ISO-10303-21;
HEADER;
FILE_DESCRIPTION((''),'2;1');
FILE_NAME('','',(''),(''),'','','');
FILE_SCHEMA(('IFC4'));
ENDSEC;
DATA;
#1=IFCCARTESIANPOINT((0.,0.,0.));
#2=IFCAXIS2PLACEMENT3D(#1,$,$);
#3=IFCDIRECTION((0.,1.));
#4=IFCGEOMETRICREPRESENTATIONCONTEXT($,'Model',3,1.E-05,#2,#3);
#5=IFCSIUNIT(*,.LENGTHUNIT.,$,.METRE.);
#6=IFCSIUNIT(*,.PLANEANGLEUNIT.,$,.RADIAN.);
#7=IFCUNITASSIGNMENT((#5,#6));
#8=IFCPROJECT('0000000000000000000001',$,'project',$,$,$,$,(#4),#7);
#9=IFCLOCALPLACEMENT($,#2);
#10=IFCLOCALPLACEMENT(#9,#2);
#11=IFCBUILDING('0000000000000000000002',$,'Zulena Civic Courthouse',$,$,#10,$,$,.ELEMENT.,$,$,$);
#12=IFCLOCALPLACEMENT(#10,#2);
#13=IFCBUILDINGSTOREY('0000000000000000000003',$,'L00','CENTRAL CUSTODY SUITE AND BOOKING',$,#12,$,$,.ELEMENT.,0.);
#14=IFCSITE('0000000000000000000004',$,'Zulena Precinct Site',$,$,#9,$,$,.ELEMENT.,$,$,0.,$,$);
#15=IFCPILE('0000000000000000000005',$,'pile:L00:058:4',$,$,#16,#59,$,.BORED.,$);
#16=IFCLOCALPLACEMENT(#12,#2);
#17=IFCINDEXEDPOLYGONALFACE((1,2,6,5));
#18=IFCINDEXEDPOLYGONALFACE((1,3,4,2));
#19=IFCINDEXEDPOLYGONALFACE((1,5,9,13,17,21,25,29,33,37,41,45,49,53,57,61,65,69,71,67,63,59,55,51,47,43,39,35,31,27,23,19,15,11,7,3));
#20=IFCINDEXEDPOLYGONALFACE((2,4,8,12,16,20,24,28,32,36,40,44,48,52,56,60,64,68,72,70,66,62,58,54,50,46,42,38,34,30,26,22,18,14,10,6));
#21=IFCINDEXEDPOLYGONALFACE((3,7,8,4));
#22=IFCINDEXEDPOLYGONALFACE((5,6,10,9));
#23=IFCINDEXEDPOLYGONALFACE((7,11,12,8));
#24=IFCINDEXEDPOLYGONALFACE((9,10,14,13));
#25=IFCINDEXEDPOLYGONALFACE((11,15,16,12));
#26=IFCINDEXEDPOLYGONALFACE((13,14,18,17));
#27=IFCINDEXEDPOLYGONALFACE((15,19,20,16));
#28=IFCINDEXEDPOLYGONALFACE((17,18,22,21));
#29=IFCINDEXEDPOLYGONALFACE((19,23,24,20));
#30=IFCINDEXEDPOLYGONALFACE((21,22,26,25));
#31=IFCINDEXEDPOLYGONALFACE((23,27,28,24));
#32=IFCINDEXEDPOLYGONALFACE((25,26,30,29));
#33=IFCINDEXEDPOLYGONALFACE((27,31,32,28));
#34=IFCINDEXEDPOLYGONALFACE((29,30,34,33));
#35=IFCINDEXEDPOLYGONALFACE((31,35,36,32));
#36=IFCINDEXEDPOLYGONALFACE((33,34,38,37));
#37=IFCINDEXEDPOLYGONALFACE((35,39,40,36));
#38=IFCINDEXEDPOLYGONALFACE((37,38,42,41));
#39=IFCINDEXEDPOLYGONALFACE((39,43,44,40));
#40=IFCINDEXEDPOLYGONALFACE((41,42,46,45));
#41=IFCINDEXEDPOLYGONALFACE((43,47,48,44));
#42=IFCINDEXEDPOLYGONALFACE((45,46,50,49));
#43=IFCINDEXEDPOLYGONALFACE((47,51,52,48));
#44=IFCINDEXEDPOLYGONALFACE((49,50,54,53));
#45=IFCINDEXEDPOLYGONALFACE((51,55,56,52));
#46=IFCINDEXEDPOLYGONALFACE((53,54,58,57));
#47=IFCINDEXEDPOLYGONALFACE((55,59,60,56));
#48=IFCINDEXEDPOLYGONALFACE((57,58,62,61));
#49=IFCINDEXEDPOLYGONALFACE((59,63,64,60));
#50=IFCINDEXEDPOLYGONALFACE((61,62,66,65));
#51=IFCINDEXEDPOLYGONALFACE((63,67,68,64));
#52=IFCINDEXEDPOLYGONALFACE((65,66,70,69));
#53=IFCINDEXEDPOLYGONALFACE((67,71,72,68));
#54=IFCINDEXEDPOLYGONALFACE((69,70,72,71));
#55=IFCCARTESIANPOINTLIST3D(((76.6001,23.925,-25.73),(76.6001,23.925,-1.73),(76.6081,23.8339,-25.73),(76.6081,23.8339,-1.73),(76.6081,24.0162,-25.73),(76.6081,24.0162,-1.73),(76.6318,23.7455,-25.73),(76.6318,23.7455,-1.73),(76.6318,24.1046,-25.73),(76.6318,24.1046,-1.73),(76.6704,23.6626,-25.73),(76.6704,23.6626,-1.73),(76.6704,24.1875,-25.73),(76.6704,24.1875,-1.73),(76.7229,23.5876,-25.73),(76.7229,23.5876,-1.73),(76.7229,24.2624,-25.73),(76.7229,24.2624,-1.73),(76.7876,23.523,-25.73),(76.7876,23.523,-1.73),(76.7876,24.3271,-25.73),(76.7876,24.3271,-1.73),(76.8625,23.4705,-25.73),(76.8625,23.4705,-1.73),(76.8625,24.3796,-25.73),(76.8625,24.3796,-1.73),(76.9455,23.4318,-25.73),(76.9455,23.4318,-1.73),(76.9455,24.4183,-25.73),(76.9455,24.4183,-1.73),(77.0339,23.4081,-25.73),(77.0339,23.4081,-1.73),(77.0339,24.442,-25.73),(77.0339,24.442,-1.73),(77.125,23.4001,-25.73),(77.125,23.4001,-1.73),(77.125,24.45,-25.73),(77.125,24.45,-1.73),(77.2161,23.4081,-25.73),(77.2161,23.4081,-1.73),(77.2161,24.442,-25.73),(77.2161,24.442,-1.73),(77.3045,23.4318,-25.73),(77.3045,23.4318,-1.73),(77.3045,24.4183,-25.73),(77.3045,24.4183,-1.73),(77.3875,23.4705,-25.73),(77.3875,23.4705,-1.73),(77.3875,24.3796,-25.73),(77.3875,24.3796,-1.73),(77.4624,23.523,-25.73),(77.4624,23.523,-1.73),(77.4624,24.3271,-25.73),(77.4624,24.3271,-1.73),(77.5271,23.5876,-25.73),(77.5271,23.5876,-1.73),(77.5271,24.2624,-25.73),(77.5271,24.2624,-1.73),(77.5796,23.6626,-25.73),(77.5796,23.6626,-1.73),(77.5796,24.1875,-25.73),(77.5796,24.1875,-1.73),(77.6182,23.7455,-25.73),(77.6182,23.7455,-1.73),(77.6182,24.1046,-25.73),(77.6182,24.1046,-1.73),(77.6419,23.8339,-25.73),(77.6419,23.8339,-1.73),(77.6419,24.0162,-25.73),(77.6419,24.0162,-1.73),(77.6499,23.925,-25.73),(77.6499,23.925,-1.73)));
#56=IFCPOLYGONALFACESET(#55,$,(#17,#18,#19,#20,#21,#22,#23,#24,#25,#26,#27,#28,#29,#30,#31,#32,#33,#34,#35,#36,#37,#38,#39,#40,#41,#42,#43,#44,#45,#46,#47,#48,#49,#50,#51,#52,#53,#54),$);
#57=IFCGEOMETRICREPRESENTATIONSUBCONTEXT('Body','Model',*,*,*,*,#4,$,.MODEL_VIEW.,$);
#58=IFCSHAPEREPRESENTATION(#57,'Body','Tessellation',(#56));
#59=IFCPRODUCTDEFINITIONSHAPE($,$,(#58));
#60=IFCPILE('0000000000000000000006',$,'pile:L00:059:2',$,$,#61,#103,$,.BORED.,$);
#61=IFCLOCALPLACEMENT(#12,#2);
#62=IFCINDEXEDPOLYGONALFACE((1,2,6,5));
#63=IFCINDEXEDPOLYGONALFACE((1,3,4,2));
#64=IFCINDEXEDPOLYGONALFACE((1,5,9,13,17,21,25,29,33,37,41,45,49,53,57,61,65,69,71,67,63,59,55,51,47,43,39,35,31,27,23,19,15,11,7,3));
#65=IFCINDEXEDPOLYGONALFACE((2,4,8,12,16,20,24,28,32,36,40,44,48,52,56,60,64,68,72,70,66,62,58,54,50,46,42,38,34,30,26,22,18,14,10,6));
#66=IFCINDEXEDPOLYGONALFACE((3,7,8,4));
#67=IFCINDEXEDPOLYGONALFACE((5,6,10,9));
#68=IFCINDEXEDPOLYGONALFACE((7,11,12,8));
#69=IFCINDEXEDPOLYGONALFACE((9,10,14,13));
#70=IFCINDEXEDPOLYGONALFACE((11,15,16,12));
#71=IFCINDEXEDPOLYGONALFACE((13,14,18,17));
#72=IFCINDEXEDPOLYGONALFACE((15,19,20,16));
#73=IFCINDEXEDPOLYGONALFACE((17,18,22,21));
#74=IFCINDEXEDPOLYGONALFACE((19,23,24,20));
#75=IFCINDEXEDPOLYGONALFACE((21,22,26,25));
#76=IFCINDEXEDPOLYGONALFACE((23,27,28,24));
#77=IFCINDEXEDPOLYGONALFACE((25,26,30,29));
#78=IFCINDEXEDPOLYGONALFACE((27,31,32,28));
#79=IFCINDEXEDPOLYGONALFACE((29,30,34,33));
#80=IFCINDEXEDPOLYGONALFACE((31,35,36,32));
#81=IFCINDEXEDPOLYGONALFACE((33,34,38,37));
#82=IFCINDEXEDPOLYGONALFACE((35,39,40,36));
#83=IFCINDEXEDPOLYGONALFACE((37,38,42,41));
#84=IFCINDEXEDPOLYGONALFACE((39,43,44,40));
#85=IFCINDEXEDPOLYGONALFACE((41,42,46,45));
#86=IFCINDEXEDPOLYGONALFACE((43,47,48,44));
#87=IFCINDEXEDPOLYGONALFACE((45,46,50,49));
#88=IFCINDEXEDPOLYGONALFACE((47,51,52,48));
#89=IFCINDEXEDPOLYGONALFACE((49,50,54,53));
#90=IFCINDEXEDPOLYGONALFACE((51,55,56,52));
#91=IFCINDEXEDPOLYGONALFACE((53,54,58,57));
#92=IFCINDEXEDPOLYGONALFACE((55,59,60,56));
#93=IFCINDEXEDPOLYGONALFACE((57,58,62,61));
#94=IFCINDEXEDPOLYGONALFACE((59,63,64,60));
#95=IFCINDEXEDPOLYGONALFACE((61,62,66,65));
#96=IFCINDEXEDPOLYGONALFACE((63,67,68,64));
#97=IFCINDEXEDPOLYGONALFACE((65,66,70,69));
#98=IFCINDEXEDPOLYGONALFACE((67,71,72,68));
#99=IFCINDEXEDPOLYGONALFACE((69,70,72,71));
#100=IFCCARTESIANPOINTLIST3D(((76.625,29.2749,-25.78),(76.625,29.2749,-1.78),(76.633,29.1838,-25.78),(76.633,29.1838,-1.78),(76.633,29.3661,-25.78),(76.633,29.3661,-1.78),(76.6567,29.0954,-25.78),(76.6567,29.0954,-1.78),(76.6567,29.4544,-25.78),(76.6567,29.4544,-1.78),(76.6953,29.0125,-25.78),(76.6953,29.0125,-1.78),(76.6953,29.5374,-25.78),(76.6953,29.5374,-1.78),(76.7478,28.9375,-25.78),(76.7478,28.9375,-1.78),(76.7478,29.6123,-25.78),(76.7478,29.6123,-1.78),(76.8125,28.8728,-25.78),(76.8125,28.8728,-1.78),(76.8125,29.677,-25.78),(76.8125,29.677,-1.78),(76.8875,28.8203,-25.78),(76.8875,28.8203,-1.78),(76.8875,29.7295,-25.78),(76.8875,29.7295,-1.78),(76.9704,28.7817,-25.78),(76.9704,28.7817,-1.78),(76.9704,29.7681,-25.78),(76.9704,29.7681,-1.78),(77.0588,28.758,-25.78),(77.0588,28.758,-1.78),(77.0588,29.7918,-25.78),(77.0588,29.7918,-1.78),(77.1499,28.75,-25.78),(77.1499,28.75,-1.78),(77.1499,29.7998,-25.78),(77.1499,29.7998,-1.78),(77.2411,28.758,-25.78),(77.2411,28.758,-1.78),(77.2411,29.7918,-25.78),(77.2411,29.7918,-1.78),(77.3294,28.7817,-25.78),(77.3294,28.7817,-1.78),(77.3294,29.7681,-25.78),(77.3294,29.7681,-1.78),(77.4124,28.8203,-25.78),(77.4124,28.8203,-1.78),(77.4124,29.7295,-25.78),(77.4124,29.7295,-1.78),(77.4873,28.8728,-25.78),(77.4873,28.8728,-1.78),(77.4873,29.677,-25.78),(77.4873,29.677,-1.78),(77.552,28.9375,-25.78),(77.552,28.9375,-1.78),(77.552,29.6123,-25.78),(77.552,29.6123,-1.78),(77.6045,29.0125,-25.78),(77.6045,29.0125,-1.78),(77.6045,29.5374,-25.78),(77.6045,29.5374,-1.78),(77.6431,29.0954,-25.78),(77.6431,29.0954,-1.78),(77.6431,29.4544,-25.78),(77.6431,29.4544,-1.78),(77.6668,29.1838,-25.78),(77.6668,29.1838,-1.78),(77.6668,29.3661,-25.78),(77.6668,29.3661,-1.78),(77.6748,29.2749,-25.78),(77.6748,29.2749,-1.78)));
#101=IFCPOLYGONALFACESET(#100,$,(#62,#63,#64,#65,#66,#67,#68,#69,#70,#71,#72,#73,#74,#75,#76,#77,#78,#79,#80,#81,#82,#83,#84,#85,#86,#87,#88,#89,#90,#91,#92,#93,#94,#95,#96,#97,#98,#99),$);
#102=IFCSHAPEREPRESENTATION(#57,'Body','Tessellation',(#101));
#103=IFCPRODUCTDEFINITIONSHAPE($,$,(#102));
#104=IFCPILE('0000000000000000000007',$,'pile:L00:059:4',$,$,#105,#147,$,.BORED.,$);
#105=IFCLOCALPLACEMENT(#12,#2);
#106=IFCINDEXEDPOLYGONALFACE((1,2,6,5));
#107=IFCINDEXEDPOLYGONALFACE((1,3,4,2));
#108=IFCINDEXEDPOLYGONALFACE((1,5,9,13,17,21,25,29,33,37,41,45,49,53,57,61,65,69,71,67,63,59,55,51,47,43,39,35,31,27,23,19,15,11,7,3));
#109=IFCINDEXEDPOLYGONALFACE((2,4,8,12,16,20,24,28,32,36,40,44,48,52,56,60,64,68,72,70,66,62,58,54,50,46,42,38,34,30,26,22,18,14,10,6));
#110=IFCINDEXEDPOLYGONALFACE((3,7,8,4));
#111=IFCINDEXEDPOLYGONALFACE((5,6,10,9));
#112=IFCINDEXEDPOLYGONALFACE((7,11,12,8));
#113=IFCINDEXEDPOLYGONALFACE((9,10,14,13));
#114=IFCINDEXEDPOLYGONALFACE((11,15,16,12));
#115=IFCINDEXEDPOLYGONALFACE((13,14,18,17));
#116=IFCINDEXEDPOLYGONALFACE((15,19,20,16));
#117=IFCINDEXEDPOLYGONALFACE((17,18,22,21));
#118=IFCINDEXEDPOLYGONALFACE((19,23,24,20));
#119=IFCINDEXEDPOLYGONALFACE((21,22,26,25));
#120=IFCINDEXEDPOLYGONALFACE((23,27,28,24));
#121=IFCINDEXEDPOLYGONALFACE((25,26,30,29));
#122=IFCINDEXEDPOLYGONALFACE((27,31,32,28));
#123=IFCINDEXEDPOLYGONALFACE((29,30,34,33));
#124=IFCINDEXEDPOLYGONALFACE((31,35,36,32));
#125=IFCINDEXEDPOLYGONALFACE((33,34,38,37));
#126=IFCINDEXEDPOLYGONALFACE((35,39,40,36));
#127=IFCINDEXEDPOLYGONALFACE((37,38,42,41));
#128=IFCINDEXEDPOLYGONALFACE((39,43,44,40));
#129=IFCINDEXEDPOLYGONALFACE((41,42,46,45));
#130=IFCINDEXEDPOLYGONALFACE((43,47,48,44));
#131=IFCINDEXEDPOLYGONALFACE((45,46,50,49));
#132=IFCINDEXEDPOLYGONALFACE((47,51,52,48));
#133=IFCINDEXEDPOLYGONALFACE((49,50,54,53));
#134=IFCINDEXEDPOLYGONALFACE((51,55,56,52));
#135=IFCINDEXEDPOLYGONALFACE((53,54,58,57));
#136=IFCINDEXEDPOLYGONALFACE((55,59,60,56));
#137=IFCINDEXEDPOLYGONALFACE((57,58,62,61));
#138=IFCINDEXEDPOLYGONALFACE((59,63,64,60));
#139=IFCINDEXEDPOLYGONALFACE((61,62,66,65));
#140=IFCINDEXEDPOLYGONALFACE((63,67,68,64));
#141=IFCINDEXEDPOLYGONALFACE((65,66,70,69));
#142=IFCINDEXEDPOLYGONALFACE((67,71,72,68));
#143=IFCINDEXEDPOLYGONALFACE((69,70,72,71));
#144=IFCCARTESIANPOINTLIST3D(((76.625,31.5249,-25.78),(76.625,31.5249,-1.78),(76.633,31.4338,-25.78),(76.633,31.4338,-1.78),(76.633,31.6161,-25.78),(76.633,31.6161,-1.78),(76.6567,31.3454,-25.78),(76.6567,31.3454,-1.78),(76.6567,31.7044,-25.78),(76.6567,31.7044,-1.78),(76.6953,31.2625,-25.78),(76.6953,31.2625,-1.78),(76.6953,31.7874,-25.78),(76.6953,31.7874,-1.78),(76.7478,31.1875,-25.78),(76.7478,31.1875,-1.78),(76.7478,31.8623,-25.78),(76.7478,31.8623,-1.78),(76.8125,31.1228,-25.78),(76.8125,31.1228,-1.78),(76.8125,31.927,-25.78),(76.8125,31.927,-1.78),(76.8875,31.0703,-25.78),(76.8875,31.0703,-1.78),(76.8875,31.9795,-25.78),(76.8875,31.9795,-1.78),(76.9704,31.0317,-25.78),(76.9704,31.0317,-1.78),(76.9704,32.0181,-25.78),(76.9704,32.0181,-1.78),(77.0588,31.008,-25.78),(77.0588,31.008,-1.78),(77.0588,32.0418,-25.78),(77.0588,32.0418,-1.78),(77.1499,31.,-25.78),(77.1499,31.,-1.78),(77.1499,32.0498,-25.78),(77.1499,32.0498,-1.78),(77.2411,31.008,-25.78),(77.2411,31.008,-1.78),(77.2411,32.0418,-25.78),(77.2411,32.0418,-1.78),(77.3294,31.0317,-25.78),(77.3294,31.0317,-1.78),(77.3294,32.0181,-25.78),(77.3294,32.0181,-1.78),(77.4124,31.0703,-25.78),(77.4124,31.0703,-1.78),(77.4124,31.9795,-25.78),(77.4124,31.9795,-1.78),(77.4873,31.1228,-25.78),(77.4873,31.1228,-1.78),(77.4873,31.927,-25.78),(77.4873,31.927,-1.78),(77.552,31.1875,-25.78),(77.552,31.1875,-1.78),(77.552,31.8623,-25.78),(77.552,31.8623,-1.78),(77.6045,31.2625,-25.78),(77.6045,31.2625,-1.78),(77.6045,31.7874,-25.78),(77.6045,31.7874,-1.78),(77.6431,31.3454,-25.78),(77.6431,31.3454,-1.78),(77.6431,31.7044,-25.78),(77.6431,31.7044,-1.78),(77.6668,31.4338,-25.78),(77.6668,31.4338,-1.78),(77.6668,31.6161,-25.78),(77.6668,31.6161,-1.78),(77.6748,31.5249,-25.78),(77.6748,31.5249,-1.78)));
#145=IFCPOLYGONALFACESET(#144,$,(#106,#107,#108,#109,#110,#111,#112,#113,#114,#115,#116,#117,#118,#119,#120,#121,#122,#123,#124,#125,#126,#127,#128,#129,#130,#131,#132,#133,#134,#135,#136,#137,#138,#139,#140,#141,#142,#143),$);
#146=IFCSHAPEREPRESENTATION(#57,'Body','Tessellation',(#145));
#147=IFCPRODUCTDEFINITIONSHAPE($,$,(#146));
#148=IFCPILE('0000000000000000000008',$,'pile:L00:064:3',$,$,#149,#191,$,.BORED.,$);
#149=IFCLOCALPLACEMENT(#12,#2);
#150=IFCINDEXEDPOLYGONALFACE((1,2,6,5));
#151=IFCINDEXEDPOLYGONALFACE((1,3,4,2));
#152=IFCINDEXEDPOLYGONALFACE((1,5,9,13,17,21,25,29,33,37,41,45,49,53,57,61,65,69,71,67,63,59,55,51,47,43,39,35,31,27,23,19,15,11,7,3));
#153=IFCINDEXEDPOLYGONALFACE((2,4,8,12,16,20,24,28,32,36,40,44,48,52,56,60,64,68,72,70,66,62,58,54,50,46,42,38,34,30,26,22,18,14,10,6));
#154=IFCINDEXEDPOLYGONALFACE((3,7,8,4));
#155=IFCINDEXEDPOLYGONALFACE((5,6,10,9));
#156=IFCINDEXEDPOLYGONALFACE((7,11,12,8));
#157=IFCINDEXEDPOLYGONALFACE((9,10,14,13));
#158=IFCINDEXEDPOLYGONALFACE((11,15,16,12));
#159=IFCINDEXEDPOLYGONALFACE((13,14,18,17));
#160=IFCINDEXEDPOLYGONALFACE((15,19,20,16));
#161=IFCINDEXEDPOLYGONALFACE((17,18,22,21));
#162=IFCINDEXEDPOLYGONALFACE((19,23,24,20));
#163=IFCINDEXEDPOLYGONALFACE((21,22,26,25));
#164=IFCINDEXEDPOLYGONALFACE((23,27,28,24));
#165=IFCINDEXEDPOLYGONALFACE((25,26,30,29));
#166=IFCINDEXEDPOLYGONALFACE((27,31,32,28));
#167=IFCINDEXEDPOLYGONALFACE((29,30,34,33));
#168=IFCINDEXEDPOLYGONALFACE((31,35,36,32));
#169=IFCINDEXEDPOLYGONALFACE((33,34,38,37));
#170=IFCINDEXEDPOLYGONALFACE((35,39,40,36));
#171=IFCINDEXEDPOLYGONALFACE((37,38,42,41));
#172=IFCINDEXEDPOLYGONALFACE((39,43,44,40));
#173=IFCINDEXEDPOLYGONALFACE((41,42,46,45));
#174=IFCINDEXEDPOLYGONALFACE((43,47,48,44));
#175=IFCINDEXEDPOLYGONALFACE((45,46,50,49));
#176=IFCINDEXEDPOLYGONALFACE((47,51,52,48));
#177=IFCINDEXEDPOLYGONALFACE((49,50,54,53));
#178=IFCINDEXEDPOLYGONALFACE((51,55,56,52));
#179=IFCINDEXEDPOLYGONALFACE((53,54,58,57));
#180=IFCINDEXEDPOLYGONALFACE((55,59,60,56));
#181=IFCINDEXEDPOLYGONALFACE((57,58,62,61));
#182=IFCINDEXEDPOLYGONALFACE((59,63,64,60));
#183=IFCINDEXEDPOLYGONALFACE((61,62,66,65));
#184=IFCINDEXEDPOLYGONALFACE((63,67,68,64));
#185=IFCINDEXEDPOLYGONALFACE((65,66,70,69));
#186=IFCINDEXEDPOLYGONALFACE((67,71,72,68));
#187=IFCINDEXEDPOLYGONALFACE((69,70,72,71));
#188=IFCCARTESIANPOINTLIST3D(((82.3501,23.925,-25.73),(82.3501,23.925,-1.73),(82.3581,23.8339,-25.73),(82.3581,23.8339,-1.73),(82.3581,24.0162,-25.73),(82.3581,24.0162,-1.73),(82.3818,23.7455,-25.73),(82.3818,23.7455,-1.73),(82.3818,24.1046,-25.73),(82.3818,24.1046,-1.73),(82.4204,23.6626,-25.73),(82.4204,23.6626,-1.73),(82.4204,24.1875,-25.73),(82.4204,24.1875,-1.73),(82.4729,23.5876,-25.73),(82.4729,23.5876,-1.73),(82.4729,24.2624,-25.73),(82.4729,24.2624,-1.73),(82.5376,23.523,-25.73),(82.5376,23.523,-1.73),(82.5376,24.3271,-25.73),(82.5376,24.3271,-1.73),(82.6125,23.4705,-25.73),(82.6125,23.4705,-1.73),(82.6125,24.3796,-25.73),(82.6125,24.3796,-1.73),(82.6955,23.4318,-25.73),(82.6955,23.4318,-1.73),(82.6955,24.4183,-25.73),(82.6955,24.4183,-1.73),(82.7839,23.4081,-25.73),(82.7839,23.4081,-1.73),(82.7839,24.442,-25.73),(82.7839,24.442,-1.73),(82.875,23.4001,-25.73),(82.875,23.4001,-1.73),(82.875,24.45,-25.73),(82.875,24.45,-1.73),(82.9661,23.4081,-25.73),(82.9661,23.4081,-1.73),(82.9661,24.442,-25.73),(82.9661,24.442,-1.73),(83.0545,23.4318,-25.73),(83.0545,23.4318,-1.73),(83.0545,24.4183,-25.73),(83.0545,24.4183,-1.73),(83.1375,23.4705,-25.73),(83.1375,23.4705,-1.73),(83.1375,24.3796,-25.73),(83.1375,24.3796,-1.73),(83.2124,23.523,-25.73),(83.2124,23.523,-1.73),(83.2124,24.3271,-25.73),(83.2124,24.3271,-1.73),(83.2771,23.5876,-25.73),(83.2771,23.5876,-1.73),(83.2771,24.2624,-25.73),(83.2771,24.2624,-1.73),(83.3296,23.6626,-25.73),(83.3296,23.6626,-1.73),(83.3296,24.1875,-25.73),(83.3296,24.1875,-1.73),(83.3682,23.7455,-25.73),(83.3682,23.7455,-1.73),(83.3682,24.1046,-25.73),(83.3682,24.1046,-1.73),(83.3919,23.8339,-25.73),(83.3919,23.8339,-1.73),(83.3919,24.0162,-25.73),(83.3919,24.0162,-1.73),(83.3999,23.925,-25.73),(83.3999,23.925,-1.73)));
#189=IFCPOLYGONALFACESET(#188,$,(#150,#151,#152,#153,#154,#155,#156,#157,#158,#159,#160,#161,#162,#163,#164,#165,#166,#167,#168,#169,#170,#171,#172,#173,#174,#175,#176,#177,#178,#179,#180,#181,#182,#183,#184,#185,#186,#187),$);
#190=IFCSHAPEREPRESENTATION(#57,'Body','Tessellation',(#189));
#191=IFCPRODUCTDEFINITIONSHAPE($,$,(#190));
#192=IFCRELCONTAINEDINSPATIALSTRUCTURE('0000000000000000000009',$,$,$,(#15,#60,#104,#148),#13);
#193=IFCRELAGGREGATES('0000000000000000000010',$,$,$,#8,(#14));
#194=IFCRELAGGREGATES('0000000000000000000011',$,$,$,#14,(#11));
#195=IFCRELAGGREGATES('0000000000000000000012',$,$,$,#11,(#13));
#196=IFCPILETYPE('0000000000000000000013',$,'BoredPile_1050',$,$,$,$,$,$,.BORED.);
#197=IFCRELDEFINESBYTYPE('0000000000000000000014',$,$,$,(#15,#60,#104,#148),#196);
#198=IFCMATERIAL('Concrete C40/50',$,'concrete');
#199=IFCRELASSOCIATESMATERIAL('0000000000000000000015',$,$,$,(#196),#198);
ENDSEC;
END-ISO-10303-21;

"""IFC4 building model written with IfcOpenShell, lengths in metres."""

from ifc_helpers import new_model, si_unit, direction, frame, origin, origin_2d, place, context, subcontext, project, spatial, circle, extrude, material, material_profile, profile_set, type_object, element, save


model = new_model("IFC4")

# Units and contexts
model_context = context("Model", 3, precision=1e-05, world=origin(), true_north=direction((0.0, 1.0)))
body_context = subcontext(model_context, "Body", "Model", "MODEL_VIEW")
ifc_project = project(units=[si_unit("LENGTHUNIT", "METRE"), si_unit("PLANEANGLEUNIT", "RADIAN")], contexts=[model_context])

# Site, building, storey
site_placement = place(None, origin())
site = spatial("IfcSite", under=ifc_project, at=site_placement, Name="Zulena Precinct Site", CompositionType="ELEMENT", RefElevation=0.0)
building_placement = place(site_placement, origin())
building = spatial("IfcBuilding", under=site, at=building_placement, Name="Zulena Civic Courthouse", CompositionType="ELEMENT")
storey_placement = place(building_placement, origin())
storey = spatial("IfcBuildingStorey", under=building, at=storey_placement, Name="L00", Description="CENTRAL CUSTODY SUITE AND BOOKING", CompositionType="ELEMENT", Elevation=0.0)

# Piles
ifc_material_1 = material(Name="Concrete C40/50", Category="concrete")
ifc_material_profile_1 = material_profile(ifc_material_1, circle(Radius=0.5249, at=origin_2d()), Name="PILE1050")
ifc_profile_set_1 = profile_set([ifc_material_profile_1], Name="Concrete C40/50")
pile_type_1 = type_object("IfcPileType", Name="BoredPile_1050", PredefinedType="BORED", material=ifc_profile_set_1)
for number, where, z_axis, x_axis, name in (
    (1, (77.125, 23.925, -1.73), (0.0, 0.0, -1.0), (1.0, 0.0, 0.0), "pile:L00:058:4"),
    (2, (77.1499, 29.2749, -1.78), (0.0, 0.0, -1.0), (1.0, 0.0, 0.0), "pile:L00:059:2"),
    (3, (77.1499, 31.5249, -1.78), (0.0, 0.0, -1.0), (1.0, 0.0, 0.0), "pile:L00:059:4"),
    (4, (82.875, 23.925, -1.73), (0.0, 0.0, -1.0), (1.0, 0.0, 0.0), "pile:L00:064:3"),
):
    element("IfcPile", number, at=place(storey_placement, frame(where, z_axis=z_axis, x_axis=x_axis)), inside=storey, type_object=pile_type_1, Name=name, PredefinedType="BORED", context=body_context, shape_type="SweptSolid", body=[
        extrude(circle(Radius=0.5249, at=origin_2d()), origin(), (0.0, 0.0, 1.0), 24.0),
    ])

save(model, "model.ifc")
